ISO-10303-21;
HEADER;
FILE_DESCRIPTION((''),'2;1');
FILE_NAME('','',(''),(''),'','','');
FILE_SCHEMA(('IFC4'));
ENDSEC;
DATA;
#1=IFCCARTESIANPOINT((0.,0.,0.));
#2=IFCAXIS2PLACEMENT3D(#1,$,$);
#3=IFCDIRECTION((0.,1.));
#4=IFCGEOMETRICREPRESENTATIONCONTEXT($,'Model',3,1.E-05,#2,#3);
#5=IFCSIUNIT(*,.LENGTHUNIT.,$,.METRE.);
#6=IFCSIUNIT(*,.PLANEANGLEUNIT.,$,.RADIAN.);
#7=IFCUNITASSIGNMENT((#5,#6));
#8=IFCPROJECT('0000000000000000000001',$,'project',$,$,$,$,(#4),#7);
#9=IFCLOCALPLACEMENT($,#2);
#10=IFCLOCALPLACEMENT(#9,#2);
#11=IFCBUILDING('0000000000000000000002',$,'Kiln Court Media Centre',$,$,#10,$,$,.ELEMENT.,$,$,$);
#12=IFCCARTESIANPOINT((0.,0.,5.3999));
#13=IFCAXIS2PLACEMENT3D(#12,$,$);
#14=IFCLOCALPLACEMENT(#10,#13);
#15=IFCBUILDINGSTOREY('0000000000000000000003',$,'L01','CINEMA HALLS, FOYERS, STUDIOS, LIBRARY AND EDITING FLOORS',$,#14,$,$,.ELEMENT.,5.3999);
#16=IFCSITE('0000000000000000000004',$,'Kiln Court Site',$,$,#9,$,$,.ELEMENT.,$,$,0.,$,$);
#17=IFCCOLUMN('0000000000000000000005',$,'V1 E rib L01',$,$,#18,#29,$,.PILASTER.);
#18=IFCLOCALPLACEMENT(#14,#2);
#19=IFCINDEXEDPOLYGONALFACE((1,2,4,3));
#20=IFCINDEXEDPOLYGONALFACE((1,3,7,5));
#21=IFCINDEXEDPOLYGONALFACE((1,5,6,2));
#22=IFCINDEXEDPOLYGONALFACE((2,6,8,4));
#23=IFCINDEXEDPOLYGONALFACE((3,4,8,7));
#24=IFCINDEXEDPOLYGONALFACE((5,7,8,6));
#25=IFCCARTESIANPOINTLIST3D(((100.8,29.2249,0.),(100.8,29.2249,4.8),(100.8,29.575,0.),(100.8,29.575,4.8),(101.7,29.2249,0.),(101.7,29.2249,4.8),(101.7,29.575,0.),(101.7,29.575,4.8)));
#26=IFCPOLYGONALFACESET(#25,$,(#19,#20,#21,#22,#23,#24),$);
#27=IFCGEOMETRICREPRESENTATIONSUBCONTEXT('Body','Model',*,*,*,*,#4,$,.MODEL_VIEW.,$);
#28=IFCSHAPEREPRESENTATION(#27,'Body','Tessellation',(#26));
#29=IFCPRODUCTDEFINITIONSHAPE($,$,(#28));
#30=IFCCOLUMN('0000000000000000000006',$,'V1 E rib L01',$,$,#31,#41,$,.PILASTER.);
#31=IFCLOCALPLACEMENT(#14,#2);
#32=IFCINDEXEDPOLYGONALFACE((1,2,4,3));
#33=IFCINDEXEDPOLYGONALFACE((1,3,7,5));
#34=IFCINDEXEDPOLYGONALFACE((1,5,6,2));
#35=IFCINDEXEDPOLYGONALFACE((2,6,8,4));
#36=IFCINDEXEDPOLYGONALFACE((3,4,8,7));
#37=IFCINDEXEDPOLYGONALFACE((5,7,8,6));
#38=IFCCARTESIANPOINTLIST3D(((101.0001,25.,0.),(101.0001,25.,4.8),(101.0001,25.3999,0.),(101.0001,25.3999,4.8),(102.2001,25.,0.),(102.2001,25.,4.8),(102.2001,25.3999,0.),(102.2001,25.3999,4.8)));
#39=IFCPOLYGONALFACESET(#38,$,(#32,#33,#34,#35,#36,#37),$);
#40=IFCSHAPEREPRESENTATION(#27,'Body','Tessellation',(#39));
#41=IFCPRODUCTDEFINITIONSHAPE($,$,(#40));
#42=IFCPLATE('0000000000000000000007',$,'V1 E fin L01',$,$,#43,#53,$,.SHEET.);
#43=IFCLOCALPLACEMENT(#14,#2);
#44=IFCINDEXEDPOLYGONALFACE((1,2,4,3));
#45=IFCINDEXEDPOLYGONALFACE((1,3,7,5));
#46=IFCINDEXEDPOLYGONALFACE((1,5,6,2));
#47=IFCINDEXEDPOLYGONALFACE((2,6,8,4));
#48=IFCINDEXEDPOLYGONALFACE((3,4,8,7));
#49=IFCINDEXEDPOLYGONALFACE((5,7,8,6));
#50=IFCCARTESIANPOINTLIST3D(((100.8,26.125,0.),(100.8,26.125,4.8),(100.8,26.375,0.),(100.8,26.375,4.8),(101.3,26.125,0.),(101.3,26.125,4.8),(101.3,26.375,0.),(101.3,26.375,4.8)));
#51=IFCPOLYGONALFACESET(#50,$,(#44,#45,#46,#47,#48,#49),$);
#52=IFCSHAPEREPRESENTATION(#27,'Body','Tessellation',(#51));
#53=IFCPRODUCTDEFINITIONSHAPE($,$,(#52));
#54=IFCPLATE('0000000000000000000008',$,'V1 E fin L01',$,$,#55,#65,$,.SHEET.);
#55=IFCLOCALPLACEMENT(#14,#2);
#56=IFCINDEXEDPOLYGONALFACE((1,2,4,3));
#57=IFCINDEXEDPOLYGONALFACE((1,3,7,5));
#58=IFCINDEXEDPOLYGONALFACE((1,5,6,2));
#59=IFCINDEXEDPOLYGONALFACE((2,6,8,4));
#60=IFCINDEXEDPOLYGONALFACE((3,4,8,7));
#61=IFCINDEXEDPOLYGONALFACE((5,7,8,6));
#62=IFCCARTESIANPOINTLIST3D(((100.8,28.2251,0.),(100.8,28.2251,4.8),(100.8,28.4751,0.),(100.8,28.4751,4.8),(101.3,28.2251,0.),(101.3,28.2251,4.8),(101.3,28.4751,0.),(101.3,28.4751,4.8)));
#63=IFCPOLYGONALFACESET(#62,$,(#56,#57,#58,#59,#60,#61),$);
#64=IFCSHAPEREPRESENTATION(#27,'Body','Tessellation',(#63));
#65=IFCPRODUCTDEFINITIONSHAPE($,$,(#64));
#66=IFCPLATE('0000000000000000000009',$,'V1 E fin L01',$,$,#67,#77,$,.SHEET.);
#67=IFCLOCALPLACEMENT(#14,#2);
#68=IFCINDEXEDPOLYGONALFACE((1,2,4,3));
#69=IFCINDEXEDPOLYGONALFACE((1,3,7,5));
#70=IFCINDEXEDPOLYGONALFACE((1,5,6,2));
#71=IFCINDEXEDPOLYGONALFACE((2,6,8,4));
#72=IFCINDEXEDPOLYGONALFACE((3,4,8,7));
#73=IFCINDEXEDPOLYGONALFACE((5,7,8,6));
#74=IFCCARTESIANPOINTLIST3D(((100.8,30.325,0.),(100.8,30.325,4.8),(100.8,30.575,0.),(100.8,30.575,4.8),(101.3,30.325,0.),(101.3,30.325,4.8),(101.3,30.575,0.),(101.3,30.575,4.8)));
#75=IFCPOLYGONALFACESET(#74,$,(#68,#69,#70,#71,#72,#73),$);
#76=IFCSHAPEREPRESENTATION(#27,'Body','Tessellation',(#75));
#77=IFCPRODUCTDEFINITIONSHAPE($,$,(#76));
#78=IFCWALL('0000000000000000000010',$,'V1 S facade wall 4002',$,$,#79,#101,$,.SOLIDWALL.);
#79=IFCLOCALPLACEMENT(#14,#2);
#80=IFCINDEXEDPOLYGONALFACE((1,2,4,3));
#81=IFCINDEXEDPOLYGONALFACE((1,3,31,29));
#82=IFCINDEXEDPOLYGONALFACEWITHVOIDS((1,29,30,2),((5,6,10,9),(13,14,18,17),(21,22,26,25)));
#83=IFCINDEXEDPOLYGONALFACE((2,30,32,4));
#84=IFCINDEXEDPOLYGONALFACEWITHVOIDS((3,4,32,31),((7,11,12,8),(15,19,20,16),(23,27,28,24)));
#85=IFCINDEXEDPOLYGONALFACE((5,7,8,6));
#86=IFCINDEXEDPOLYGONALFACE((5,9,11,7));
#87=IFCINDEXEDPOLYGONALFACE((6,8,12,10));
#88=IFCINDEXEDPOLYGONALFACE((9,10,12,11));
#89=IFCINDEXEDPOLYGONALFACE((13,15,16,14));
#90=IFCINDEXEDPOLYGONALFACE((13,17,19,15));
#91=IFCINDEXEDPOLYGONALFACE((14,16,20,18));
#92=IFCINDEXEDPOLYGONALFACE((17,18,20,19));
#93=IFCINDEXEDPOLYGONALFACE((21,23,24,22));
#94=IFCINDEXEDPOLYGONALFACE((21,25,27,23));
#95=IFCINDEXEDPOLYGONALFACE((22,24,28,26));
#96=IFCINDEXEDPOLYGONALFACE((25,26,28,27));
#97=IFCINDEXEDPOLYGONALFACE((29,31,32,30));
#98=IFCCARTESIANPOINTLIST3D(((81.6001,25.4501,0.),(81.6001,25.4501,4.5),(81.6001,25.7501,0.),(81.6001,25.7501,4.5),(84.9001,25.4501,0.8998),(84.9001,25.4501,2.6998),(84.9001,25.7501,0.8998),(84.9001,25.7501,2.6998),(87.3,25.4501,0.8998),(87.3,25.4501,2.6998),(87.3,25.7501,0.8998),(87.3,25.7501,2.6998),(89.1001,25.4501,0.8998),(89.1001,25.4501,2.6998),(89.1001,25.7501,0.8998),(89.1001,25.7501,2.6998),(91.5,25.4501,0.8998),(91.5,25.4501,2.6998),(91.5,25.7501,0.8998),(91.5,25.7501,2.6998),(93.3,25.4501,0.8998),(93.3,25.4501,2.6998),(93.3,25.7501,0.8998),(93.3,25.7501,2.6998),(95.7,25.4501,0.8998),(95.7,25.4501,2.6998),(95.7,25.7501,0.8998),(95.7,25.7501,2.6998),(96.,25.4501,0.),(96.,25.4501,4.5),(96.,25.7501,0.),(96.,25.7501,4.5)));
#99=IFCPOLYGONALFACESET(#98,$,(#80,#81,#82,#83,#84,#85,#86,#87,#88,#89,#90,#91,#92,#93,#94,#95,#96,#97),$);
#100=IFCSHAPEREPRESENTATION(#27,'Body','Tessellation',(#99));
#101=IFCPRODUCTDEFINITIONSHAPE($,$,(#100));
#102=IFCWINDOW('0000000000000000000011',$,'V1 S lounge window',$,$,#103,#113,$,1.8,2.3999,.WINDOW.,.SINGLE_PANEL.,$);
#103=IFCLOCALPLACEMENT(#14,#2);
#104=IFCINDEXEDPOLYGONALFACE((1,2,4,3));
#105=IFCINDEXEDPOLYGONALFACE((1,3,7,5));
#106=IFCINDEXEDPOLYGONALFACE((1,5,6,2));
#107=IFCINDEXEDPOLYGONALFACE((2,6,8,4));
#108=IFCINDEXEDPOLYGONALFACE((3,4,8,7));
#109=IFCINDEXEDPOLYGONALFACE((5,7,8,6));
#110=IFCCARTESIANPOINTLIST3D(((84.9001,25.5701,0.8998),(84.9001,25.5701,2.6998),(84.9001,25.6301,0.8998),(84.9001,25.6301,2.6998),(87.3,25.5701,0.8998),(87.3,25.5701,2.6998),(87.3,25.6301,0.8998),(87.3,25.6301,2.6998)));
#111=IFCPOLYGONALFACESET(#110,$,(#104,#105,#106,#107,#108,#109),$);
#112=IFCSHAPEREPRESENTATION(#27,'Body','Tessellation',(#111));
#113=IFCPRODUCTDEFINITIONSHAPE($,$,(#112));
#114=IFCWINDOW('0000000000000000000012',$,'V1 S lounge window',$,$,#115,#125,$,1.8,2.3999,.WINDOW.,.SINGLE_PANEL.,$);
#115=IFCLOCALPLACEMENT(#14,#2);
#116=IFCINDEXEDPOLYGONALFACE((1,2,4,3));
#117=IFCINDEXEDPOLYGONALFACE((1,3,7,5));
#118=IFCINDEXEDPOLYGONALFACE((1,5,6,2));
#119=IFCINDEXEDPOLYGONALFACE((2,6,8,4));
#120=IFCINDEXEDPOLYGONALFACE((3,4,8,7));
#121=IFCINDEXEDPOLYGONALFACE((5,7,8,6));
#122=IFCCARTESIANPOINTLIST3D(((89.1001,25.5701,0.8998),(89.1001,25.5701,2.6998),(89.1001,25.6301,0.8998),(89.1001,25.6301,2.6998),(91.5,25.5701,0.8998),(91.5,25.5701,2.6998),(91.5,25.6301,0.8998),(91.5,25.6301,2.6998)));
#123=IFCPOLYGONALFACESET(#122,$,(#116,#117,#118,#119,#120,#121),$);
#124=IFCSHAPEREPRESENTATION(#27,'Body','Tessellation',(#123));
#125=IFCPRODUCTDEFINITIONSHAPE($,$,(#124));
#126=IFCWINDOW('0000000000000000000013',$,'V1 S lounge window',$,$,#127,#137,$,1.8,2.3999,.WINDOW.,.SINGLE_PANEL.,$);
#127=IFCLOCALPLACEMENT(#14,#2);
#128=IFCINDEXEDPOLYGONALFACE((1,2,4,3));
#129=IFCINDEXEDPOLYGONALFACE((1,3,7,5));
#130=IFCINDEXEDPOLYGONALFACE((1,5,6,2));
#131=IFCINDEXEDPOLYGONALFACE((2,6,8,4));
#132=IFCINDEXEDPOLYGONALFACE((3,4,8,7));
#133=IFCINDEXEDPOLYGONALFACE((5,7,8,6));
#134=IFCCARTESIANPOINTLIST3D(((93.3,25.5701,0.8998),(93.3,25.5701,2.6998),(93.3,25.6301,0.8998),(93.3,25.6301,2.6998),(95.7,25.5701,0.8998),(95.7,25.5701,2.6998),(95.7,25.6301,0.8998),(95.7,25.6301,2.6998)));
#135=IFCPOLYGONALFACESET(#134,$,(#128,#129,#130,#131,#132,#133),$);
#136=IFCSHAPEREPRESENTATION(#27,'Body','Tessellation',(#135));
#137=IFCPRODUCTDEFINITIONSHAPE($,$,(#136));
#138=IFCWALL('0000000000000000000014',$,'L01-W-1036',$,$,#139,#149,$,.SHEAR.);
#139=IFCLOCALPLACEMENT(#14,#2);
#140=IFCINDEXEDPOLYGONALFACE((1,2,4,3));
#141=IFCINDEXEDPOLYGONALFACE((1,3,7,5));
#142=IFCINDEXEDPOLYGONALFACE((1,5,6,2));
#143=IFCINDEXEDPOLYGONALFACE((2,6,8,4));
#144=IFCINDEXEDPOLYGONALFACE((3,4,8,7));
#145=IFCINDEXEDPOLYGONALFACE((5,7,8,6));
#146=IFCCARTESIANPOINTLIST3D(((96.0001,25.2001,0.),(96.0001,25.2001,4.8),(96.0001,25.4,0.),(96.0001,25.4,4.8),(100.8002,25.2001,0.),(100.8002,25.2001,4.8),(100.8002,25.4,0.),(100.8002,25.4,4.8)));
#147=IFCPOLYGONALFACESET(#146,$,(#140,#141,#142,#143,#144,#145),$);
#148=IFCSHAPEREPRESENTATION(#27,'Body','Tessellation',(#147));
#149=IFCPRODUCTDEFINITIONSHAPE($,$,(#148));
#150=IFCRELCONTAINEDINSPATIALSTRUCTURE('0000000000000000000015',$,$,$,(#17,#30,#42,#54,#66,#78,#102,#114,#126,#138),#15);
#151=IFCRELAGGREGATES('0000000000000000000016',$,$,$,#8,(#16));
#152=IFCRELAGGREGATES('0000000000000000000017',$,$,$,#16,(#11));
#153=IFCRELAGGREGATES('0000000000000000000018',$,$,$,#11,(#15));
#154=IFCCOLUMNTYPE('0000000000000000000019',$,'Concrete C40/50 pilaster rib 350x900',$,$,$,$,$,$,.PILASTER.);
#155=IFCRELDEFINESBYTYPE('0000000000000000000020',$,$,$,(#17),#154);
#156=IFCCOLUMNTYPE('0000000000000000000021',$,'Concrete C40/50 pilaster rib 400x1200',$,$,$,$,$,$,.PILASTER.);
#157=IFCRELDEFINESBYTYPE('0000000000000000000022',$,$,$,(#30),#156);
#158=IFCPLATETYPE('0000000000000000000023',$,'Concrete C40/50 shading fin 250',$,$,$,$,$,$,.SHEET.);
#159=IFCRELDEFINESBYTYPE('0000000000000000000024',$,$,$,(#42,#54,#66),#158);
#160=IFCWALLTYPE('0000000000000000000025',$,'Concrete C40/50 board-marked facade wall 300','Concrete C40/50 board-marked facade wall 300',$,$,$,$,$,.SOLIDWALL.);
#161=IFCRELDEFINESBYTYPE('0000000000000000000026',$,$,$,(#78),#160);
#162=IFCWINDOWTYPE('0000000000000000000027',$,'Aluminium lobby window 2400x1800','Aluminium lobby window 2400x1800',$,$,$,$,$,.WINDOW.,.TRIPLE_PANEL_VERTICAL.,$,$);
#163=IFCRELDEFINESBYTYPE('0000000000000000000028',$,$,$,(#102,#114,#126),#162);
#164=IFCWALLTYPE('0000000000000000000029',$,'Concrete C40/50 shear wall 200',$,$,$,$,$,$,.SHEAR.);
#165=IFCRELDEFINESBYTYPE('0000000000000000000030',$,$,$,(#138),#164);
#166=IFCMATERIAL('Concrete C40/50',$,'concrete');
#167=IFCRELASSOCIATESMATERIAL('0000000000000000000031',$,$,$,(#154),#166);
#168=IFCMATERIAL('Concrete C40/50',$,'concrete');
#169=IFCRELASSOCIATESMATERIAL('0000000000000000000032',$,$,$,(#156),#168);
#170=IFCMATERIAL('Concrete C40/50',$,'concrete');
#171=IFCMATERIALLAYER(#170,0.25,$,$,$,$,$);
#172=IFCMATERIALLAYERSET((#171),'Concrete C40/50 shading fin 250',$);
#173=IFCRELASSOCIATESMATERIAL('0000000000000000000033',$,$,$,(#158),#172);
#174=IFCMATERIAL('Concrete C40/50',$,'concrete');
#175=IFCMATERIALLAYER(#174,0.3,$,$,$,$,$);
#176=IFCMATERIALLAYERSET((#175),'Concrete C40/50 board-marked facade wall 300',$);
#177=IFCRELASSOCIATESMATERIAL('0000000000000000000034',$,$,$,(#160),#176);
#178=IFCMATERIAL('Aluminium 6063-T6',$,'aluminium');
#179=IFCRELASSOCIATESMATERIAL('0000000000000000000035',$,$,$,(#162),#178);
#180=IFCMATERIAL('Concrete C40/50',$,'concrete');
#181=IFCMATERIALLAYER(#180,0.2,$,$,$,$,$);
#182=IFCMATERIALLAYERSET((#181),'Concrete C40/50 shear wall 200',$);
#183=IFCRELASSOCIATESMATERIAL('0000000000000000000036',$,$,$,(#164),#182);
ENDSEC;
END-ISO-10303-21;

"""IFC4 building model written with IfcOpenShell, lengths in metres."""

from ifc_helpers import new_model, si_unit, direction, frame, frame_2d, origin, origin_2d, place, context, subcontext, project, spatial, rectangle, extrude, material, layer, layer_set, material_profile, profile_set, type_object, element, fill, save


model = new_model("IFC4")

# Units and contexts
model_context = context("Model", 3, precision=1e-05, world=origin(), true_north=direction((0.0, 1.0)))
body_context = subcontext(model_context, "Body", "Model", "MODEL_VIEW")
ifc_project = project(units=[si_unit("LENGTHUNIT", "METRE"), si_unit("PLANEANGLEUNIT", "RADIAN")], contexts=[model_context])

# Site, building, storey
site_placement = place(None, origin())
site = spatial("IfcSite", under=ifc_project, at=site_placement, Name="Kiln Court Site", CompositionType="ELEMENT", RefElevation=0.0)
building_placement = place(site_placement, origin())
building = spatial("IfcBuilding", under=site, at=building_placement, Name="Kiln Court Media Centre", CompositionType="ELEMENT")
storey_placement = place(building_placement, frame((0.0, 0.0, 5.3999)))
storey = spatial("IfcBuildingStorey", under=building, at=storey_placement, Name="L01", Description="CINEMA HALLS, FOYERS, STUDIOS, LIBRARY AND EDITING FLOORS", CompositionType="ELEMENT", Elevation=5.3999)

# Columns
ifc_material_1 = material(Name="Concrete C40/50", Category="concrete")
ifc_material_profile_1 = material_profile(ifc_material_1, rectangle(XDim=0.3501, YDim=0.8999, at=origin_2d()), Name="RC 350x900")
ifc_profile_set_1 = profile_set([ifc_material_profile_1], Name="Concrete C40/50")
column_type_1 = type_object("IfcColumnType", Name="Concrete C40/50 pilaster rib 350x900", PredefinedType="PILASTER", material=ifc_profile_set_1)
column_1_placement = place(storey_placement, frame((101.25, 29.3999, 0.0), z_axis=(0.0, 0.0, 1.0), x_axis=(0.0, 1.0, 0.0)))
element("IfcColumn", 1, at=column_1_placement, inside=storey, type_object=column_type_1, Name="V1 E rib L01", PredefinedType="PILASTER", context=body_context, shape_type="SweptSolid", body=[
    extrude(rectangle(XDim=0.3501, YDim=0.8999, at=origin_2d()), origin(), (0.0, 0.0, 1.0), 4.8),
])
ifc_material_2 = material(Name="Concrete C40/50", Category="concrete")
ifc_material_profile_2 = material_profile(ifc_material_2, rectangle(XDim=0.3999, YDim=1.2, at=origin_2d()), Name="RC 400x1200")
ifc_profile_set_2 = profile_set([ifc_material_profile_2], Name="Concrete C40/50")
column_type_2 = type_object("IfcColumnType", Name="Concrete C40/50 pilaster rib 400x1200", PredefinedType="PILASTER", material=ifc_profile_set_2)
column_2_placement = place(storey_placement, frame((101.6001, 25.2, 0.0), z_axis=(0.0, 0.0, 1.0), x_axis=(0.0, 1.0, 0.0)))
element("IfcColumn", 2, at=column_2_placement, inside=storey, type_object=column_type_2, Name="V1 E rib L01", PredefinedType="PILASTER", context=body_context, shape_type="SweptSolid", body=[
    extrude(rectangle(XDim=0.3999, YDim=1.2, at=origin_2d()), origin(), (0.0, 0.0, 1.0), 4.8),
])

# Plates
ifc_material_3 = material(Name="Concrete C40/50", Category="concrete")
ifc_layer_1 = layer(ifc_material_3, 0.25)
ifc_layer_set_1 = layer_set([ifc_layer_1], Name="Concrete C40/50 shading fin 250")
plate_type = type_object("IfcPlateType", Name="Concrete C40/50 shading fin 250", PredefinedType="SHEET", material=ifc_layer_set_1)
for number, where, z_axis, x_axis, name in (
    (3, (101.05, 26.25, 0.0), (0.0, 0.0, 1.0), (1.0, 0.0, 0.0), "V1 E fin L01"),
    (4, (101.05, 28.3501, 0.0), (0.0, 0.0, 1.0), (1.0, 0.0, 0.0), "V1 E fin L01"),
    (5, (101.05, 30.45, 0.0), (0.0, 0.0, 1.0), (1.0, 0.0, 0.0), "V1 E fin L01"),
):
    element("IfcPlate", number, at=place(storey_placement, frame(where, z_axis=z_axis, x_axis=x_axis)), inside=storey, type_object=plate_type, Name=name, PredefinedType="SHEET", context=body_context, shape_type="SweptSolid", body=[
        extrude(rectangle(XDim=0.5, YDim=0.25, at=origin_2d()), origin(), (0.0, 0.0, 1.0), 4.8),
    ])

# Wall, openings, windows
ifc_material_4 = material(Name="Concrete C40/50", Category="concrete")
ifc_layer_2 = layer(ifc_material_4, 0.3)
ifc_layer_set_2 = layer_set([ifc_layer_2], Name="Concrete C40/50 board-marked facade wall 300")
wall_type_1 = type_object("IfcWallType", Name="Concrete C40/50 board-marked facade wall 300", Description="Concrete C40/50 board-marked facade wall 300", PredefinedType="SOLIDWALL", material=ifc_layer_set_2)
wall_1_placement = place(storey_placement, frame((96.0, 25.6001, 0.0), z_axis=(0.0, 0.0, 1.0), x_axis=(-1.0, 0.0, 0.0)))
wall_1 = element("IfcWall", 6, at=wall_1_placement, inside=storey, type_object=wall_type_1, Name="V1 S facade wall 4002", PredefinedType="SOLIDWALL", context=body_context, shape_type="SweptSolid", body=[
    extrude(rectangle(XDim=14.3999, YDim=0.3, at=frame_2d((7.2, 0.0))), origin(), (0.0, 0.0, 1.0), 4.5),
])
opening_1_placement = place(wall_1_placement, frame((8.7, 0.0, 0.8999)))
opening_1 = element("IfcOpeningElement", 7, at=opening_1_placement, cuts=wall_1, PredefinedType="OPENING", context=body_context, shape_type="SweptSolid", body=[
    extrude(rectangle(XDim=2.3999, YDim=1.8, at=frame_2d((1.2, 0.8999))), frame((0.0, 0.1599, 0.0), z_axis=(0.0, -1.0, 0.0), x_axis=(1.0, 0.0, 0.0)), (0.0, 0.0, 1.0), 0.3201),
])
opening_2_placement = place(wall_1_placement, frame((4.5, 0.0, 0.8999)))
opening_2 = element("IfcOpeningElement", 8, at=opening_2_placement, cuts=wall_1, PredefinedType="OPENING", context=body_context, shape_type="SweptSolid", body=[
    extrude(rectangle(XDim=2.3999, YDim=1.8, at=frame_2d((1.2, 0.8999))), frame((0.0, 0.1599, 0.0), z_axis=(0.0, -1.0, 0.0), x_axis=(1.0, 0.0, 0.0)), (0.0, 0.0, 1.0), 0.3201),
])
opening_3_placement = place(wall_1_placement, frame((0.3, 0.0, 0.8999)))
opening_3 = element("IfcOpeningElement", 9, at=opening_3_placement, cuts=wall_1, PredefinedType="OPENING", context=body_context, shape_type="SweptSolid", body=[
    extrude(rectangle(XDim=2.3999, YDim=1.8, at=frame_2d((1.2, 0.8999))), frame((0.0, 0.1599, 0.0), z_axis=(0.0, -1.0, 0.0), x_axis=(1.0, 0.0, 0.0)), (0.0, 0.0, 1.0), 0.3201),
])
ifc_material_5 = material(Name="Aluminium 6063-T6", Category="aluminium")
window_type = type_object("IfcWindowType", Name="Aluminium lobby window 2400x1800", Description="Aluminium lobby window 2400x1800", PartitioningType="TRIPLE_PANEL_VERTICAL", PredefinedType="WINDOW", material=ifc_material_5)
window_1_placement = place(opening_1_placement, origin())
window_1 = element("IfcWindow", 10, at=window_1_placement, inside=storey, type_object=window_type, Name="V1 S lounge window", OverallHeight=1.8, OverallWidth=2.3999, PartitioningType="SINGLE_PANEL", PredefinedType="WINDOW", context=body_context, shape_type="SweptSolid", body=[
    extrude(rectangle(XDim=2.3999, YDim=1.8, at=frame_2d((1.2, 0.8999))), frame((0.0, 0.03, 0.0), z_axis=(0.0, -1.0, 0.0), x_axis=(1.0, 0.0, 0.0)), (0.0, 0.0, 1.0), 0.0601),
])
fill(opening_1, window_1)
window_2_placement = place(opening_2_placement, origin())
window_2 = element("IfcWindow", 11, at=window_2_placement, inside=storey, type_object=window_type, Name="V1 S lounge window", OverallHeight=1.8, OverallWidth=2.3999, PartitioningType="SINGLE_PANEL", PredefinedType="WINDOW", context=body_context, shape_type="SweptSolid", body=[
    extrude(rectangle(XDim=2.3999, YDim=1.8, at=frame_2d((1.2, 0.8999))), frame((0.0, 0.03, 0.0), z_axis=(0.0, -1.0, 0.0), x_axis=(1.0, 0.0, 0.0)), (0.0, 0.0, 1.0), 0.0601),
])
fill(opening_2, window_2)
window_3_placement = place(opening_3_placement, origin())
window_3 = element("IfcWindow", 12, at=window_3_placement, inside=storey, type_object=window_type, Name="V1 S lounge window", OverallHeight=1.8, OverallWidth=2.3999, PartitioningType="SINGLE_PANEL", PredefinedType="WINDOW", context=body_context, shape_type="SweptSolid", body=[
    extrude(rectangle(XDim=2.3999, YDim=1.8, at=frame_2d((1.2, 0.8999))), frame((0.0, 0.03, 0.0), z_axis=(0.0, -1.0, 0.0), x_axis=(1.0, 0.0, 0.0)), (0.0, 0.0, 1.0), 0.0601),
])
fill(opening_3, window_3)

# Wall
ifc_material_6 = material(Name="Concrete C40/50", Category="concrete")
ifc_layer_3 = layer(ifc_material_6, 0.2)
ifc_layer_set_3 = layer_set([ifc_layer_3], Name="Concrete C40/50 shear wall 200")
wall_type_2 = type_object("IfcWallType", Name="Concrete C40/50 shear wall 200", PredefinedType="SHEAR", material=ifc_layer_set_3)
wall_2_placement = place(storey_placement, frame((100.8, 25.3, 0.0), z_axis=(0.0, 0.0, 1.0), x_axis=(-1.0, 0.0, 0.0)))
element("IfcWall", 13, at=wall_2_placement, inside=storey, type_object=wall_type_2, Name="L01-W-1036", PredefinedType="SHEAR", context=body_context, shape_type="SweptSolid", body=[
    extrude(rectangle(XDim=4.8, YDim=0.2, at=frame_2d((2.3999, 0.0))), origin(), (0.0, 0.0, 1.0), 4.8),
])

save(model, "model.ifc")
